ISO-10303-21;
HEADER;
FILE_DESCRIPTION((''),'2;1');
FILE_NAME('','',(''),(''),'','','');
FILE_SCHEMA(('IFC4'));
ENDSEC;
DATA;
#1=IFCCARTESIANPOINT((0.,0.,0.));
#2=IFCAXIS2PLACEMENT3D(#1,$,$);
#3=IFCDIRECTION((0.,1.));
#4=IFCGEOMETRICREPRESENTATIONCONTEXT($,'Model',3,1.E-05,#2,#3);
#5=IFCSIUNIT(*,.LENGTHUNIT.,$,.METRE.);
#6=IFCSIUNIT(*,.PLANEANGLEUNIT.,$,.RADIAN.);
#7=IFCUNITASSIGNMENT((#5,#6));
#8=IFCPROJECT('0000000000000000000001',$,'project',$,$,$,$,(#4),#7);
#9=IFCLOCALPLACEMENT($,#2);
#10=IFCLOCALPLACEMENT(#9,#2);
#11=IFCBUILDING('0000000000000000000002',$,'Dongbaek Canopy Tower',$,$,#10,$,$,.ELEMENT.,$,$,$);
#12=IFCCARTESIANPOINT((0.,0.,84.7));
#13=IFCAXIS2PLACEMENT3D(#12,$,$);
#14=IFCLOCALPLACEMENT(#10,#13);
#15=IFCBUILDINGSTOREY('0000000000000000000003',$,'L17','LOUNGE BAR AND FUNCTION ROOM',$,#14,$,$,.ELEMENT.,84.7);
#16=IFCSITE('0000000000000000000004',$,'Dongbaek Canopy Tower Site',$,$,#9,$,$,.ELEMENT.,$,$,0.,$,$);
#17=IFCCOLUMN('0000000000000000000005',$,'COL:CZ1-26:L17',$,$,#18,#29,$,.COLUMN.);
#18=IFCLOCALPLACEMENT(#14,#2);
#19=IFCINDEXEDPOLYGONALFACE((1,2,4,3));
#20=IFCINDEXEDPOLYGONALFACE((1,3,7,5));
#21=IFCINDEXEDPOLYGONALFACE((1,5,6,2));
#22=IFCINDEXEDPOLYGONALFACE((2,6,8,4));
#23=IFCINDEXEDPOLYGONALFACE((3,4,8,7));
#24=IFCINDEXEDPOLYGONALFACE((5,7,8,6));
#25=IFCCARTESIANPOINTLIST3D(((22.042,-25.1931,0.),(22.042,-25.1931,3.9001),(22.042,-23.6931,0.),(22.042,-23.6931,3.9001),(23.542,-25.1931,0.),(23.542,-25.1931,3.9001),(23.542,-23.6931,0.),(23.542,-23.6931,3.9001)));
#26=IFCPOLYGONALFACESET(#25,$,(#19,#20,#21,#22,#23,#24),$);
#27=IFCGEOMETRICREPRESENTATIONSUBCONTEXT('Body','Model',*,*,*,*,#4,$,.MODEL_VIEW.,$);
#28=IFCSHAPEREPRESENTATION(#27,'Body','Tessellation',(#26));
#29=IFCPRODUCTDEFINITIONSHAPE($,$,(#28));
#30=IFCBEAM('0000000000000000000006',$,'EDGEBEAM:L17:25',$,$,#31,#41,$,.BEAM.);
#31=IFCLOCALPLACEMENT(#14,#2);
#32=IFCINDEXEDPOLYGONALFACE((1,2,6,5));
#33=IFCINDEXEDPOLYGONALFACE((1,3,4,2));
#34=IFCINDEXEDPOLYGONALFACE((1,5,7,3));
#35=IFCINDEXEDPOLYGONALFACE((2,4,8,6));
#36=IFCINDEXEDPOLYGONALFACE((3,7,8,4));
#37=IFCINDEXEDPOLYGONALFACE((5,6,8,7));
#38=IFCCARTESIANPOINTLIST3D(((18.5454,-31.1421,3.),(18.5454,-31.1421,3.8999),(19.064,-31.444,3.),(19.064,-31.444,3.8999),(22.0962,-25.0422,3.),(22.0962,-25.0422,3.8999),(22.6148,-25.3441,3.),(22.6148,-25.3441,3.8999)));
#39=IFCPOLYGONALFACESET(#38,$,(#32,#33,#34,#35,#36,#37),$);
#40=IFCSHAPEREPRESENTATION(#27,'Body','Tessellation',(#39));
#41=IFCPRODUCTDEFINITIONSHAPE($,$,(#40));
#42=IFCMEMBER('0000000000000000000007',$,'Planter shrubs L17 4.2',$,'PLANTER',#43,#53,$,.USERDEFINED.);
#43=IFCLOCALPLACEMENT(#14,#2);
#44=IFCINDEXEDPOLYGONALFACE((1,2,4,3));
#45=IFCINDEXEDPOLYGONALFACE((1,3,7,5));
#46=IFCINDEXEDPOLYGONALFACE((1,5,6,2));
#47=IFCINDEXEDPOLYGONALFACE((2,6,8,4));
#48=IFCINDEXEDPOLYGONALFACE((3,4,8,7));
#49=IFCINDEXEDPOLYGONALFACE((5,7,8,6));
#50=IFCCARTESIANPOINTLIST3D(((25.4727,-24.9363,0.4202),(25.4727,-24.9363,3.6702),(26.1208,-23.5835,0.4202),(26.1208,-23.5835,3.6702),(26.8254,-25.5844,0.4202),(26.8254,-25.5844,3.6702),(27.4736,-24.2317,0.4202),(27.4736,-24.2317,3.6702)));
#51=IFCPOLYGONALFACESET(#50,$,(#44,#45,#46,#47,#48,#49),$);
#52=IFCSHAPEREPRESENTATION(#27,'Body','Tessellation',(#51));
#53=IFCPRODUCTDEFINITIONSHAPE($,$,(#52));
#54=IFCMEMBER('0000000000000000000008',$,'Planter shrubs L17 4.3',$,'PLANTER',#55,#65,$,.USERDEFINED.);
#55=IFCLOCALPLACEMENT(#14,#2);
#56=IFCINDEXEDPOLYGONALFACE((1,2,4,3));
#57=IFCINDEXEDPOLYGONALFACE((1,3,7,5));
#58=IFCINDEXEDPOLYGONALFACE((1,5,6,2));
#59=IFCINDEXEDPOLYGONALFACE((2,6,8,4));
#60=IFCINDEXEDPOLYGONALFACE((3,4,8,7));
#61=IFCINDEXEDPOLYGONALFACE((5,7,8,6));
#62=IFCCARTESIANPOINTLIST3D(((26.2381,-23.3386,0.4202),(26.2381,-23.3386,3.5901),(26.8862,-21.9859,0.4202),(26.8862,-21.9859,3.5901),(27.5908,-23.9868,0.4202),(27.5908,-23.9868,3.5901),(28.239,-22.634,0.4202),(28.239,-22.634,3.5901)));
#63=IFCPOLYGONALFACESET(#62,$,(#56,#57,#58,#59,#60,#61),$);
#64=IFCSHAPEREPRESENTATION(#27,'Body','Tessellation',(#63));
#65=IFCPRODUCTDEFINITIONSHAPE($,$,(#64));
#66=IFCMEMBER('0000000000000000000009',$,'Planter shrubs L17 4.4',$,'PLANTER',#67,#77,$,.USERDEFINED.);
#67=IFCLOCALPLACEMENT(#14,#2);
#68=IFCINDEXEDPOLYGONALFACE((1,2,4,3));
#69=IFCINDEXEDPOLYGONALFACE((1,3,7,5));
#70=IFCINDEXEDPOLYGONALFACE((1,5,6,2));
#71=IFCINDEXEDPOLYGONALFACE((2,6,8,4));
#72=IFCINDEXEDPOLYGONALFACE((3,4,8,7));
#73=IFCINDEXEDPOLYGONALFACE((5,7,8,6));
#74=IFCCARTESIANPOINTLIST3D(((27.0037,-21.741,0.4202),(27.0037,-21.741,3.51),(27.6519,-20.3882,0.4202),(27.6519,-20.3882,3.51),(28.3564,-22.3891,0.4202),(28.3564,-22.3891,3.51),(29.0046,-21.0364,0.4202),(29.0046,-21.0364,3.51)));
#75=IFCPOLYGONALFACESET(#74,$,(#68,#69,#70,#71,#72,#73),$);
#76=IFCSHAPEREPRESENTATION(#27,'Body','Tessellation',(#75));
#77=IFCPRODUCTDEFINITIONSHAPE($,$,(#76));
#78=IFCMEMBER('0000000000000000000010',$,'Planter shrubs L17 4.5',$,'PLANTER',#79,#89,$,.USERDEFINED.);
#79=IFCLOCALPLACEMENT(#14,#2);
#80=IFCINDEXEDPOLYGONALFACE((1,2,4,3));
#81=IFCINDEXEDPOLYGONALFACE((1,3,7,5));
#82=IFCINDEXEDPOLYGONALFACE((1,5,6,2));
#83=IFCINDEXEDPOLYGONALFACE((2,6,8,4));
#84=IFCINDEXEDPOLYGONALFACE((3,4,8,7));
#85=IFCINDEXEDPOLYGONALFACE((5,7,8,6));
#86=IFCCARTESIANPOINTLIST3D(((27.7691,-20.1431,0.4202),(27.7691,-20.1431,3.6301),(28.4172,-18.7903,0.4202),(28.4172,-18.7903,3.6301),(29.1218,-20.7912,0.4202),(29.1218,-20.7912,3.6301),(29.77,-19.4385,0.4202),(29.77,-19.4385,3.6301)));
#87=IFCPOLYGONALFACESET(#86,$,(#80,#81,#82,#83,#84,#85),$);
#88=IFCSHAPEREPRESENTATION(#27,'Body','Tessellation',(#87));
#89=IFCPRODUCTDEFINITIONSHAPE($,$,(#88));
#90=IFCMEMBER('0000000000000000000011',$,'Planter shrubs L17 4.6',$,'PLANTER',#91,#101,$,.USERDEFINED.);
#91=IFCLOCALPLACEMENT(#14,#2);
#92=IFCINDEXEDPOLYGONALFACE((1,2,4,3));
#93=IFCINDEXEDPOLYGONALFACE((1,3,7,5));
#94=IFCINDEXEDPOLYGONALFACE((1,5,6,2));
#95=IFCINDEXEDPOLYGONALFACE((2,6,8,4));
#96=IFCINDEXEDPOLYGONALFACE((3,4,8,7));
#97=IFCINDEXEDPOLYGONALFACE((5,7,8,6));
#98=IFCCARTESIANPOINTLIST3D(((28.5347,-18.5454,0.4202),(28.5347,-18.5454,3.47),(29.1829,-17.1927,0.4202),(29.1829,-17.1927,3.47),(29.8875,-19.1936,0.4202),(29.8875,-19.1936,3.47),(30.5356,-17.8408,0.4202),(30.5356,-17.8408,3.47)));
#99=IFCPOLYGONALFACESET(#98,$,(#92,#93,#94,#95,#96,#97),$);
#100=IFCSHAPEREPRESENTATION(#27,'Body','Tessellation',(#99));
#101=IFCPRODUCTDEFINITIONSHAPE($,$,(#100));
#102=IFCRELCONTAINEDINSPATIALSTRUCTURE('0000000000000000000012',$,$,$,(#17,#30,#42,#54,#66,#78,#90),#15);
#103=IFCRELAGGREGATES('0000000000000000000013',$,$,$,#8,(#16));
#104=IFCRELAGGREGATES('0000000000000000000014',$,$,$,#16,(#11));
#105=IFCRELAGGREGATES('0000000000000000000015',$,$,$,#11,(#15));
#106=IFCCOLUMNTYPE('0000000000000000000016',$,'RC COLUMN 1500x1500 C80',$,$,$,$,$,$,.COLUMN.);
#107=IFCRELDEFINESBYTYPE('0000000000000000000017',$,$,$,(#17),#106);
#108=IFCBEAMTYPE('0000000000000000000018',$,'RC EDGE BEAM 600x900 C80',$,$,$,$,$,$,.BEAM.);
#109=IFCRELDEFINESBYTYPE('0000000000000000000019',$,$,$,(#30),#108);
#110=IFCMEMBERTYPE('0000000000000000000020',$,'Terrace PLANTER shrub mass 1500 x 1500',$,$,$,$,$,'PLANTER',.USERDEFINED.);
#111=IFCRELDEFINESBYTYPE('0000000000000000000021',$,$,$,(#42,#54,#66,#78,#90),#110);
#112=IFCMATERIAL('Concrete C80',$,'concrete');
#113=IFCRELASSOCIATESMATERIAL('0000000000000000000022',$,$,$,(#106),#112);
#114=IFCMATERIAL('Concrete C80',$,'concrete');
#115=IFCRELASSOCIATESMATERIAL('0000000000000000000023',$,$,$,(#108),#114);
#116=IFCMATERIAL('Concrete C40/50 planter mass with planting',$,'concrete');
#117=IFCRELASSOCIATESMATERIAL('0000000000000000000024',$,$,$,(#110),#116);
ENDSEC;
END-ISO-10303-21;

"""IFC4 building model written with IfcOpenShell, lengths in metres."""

from ifc_helpers import new_model, si_unit, direction, frame, origin, origin_2d, place, context, subcontext, project, spatial, rectangle, extrude, material, material_profile, profile_set, type_object, element, save


model = new_model("IFC4")

# Units and contexts
model_context = context("Model", 3, precision=1e-05, world=origin(), true_north=direction((0.0, 1.0)))
body_context = subcontext(model_context, "Body", "Model", "MODEL_VIEW")
ifc_project = project(units=[si_unit("LENGTHUNIT", "METRE"), si_unit("PLANEANGLEUNIT", "RADIAN")], contexts=[model_context])

# Site, building, storey
site_placement = place(None, origin())
site = spatial("IfcSite", under=ifc_project, at=site_placement, Name="Dongbaek Canopy Tower Site", CompositionType="ELEMENT", RefElevation=0.0)
building_placement = place(site_placement, origin())
building = spatial("IfcBuilding", under=site, at=building_placement, Name="Dongbaek Canopy Tower", CompositionType="ELEMENT")
storey_placement = place(building_placement, frame((0.0, 0.0, 84.7)))
storey = spatial("IfcBuildingStorey", under=building, at=storey_placement, Name="L17", Description="LOUNGE BAR AND FUNCTION ROOM", CompositionType="ELEMENT", Elevation=84.7)

# Column
ifc_material_1 = material(Name="Concrete C80", Category="concrete")
ifc_material_profile_1 = material_profile(ifc_material_1, rectangle(XDim=1.5, YDim=1.5, at=origin_2d()), Name="RC COLUMN 1500x1500 C80")
ifc_profile_set_1 = profile_set([ifc_material_profile_1], Name="Concrete C80")
column_type = type_object("IfcColumnType", Name="RC COLUMN 1500x1500 C80", PredefinedType="COLUMN", material=ifc_profile_set_1)
column_placement = place(storey_placement, frame((22.792, -24.4431, 0.0), z_axis=(0.0, 0.0, 1.0), x_axis=(1.0, 0.0, 0.0)))
element("IfcColumn", 1, at=column_placement, inside=storey, type_object=column_type, Name="COL:CZ1-26:L17", PredefinedType="COLUMN", context=body_context, shape_type="SweptSolid", body=[
    extrude(rectangle(XDim=1.5, YDim=1.5, at=origin_2d()), origin(), (0.0, 0.0, 1.0), 3.9001),
])

# Beam
ifc_material_2 = material(Name="Concrete C80", Category="concrete")
ifc_material_profile_2 = material_profile(ifc_material_2, rectangle(XDim=0.6001, YDim=0.8999, at=origin_2d()), Name="RC EDGE BEAM 600x900 C80")
ifc_profile_set_2 = profile_set([ifc_material_profile_2], Name="Concrete C80")
beam_type = type_object("IfcBeamType", Name="RC EDGE BEAM 600x900 C80", PredefinedType="BEAM", material=ifc_profile_set_2)
beam_placement = place(storey_placement, frame((22.3555, -25.1931, 3.45), z_axis=(-0.503082, -0.864239, 0.0), x_axis=(0.864239, -0.503082, 0.0)))
element("IfcBeam", 2, at=beam_placement, inside=storey, type_object=beam_type, Name="EDGEBEAM:L17:25", PredefinedType="BEAM", context=body_context, shape_type="SweptSolid", body=[
    extrude(rectangle(XDim=0.6001, YDim=0.8999, at=origin_2d()), origin(), (0.0, 0.0, 1.0), 7.0581),
])

# Members
ifc_material_3 = material(Name="Concrete C40/50 planter mass with planting", Category="concrete")
ifc_material_profile_3 = material_profile(ifc_material_3, rectangle(XDim=1.5, YDim=1.5, at=origin_2d()), Name="Terrace PLANTER shrub mass 1500 x 1500")
ifc_profile_set_3 = profile_set([ifc_material_profile_3], Name="Concrete C40/50 planter mass with planting")
member_type = type_object("IfcMemberType", Name="Terrace PLANTER shrub mass 1500 x 1500", ElementType="PLANTER", PredefinedType="USERDEFINED", material=ifc_profile_set_3)
member_1_placement = place(storey_placement, frame((26.4731, -24.584, 0.4202), z_axis=(0.0, 0.0, 1.0), x_axis=(0.901828, -0.432096, 0.0)))
element("IfcMember", 3, at=member_1_placement, inside=storey, type_object=member_type, Name="Planter shrubs L17 4.2", ObjectType="PLANTER", PredefinedType="USERDEFINED", context=body_context, shape_type="SweptSolid", body=[
    extrude(rectangle(XDim=1.5, YDim=1.5, at=origin_2d()), origin(), (0.0, 0.0, 1.0), 3.25),
])
member_2_placement = place(storey_placement, frame((27.2385, -22.9863, 0.4202), z_axis=(0.0, 0.0, 1.0), x_axis=(0.901828, -0.432096, 0.0)))
element("IfcMember", 4, at=member_2_placement, inside=storey, type_object=member_type, Name="Planter shrubs L17 4.3", ObjectType="PLANTER", PredefinedType="USERDEFINED", context=body_context, shape_type="SweptSolid", body=[
    extrude(rectangle(XDim=1.5, YDim=1.5, at=origin_2d()), origin(), (0.0, 0.0, 1.0), 3.1699),
])
member_3_placement = place(storey_placement, frame((28.0042, -21.3887, 0.4202), z_axis=(0.0, 0.0, 1.0), x_axis=(0.901828, -0.432096, 0.0)))
element("IfcMember", 5, at=member_3_placement, inside=storey, type_object=member_type, Name="Planter shrubs L17 4.4", ObjectType="PLANTER", PredefinedType="USERDEFINED", context=body_context, shape_type="SweptSolid", body=[
    extrude(rectangle(XDim=1.5, YDim=1.5, at=origin_2d()), origin(), (0.0, 0.0, 1.0), 3.0898),
])
member_4_placement = place(storey_placement, frame((28.7695, -19.7908, 0.4202), z_axis=(0.0, 0.0, 1.0), x_axis=(0.901828, -0.432096, 0.0)))
element("IfcMember", 6, at=member_4_placement, inside=storey, type_object=member_type, Name="Planter shrubs L17 4.5", ObjectType="PLANTER", PredefinedType="USERDEFINED", context=body_context, shape_type="SweptSolid", body=[
    extrude(rectangle(XDim=1.5, YDim=1.5, at=origin_2d()), origin(), (0.0, 0.0, 1.0), 3.21),
])
member_5_placement = place(storey_placement, frame((29.5352, -18.1931, 0.4202), z_axis=(0.0, 0.0, 1.0), x_axis=(0.901828, -0.432096, 0.0)))
element("IfcMember", 7, at=member_5_placement, inside=storey, type_object=member_type, Name="Planter shrubs L17 4.6", ObjectType="PLANTER", PredefinedType="USERDEFINED", context=body_context, shape_type="SweptSolid", body=[
    extrude(rectangle(XDim=1.5, YDim=1.5, at=origin_2d()), origin(), (0.0, 0.0, 1.0), 3.0498),
])

save(model, "model.ifc")
